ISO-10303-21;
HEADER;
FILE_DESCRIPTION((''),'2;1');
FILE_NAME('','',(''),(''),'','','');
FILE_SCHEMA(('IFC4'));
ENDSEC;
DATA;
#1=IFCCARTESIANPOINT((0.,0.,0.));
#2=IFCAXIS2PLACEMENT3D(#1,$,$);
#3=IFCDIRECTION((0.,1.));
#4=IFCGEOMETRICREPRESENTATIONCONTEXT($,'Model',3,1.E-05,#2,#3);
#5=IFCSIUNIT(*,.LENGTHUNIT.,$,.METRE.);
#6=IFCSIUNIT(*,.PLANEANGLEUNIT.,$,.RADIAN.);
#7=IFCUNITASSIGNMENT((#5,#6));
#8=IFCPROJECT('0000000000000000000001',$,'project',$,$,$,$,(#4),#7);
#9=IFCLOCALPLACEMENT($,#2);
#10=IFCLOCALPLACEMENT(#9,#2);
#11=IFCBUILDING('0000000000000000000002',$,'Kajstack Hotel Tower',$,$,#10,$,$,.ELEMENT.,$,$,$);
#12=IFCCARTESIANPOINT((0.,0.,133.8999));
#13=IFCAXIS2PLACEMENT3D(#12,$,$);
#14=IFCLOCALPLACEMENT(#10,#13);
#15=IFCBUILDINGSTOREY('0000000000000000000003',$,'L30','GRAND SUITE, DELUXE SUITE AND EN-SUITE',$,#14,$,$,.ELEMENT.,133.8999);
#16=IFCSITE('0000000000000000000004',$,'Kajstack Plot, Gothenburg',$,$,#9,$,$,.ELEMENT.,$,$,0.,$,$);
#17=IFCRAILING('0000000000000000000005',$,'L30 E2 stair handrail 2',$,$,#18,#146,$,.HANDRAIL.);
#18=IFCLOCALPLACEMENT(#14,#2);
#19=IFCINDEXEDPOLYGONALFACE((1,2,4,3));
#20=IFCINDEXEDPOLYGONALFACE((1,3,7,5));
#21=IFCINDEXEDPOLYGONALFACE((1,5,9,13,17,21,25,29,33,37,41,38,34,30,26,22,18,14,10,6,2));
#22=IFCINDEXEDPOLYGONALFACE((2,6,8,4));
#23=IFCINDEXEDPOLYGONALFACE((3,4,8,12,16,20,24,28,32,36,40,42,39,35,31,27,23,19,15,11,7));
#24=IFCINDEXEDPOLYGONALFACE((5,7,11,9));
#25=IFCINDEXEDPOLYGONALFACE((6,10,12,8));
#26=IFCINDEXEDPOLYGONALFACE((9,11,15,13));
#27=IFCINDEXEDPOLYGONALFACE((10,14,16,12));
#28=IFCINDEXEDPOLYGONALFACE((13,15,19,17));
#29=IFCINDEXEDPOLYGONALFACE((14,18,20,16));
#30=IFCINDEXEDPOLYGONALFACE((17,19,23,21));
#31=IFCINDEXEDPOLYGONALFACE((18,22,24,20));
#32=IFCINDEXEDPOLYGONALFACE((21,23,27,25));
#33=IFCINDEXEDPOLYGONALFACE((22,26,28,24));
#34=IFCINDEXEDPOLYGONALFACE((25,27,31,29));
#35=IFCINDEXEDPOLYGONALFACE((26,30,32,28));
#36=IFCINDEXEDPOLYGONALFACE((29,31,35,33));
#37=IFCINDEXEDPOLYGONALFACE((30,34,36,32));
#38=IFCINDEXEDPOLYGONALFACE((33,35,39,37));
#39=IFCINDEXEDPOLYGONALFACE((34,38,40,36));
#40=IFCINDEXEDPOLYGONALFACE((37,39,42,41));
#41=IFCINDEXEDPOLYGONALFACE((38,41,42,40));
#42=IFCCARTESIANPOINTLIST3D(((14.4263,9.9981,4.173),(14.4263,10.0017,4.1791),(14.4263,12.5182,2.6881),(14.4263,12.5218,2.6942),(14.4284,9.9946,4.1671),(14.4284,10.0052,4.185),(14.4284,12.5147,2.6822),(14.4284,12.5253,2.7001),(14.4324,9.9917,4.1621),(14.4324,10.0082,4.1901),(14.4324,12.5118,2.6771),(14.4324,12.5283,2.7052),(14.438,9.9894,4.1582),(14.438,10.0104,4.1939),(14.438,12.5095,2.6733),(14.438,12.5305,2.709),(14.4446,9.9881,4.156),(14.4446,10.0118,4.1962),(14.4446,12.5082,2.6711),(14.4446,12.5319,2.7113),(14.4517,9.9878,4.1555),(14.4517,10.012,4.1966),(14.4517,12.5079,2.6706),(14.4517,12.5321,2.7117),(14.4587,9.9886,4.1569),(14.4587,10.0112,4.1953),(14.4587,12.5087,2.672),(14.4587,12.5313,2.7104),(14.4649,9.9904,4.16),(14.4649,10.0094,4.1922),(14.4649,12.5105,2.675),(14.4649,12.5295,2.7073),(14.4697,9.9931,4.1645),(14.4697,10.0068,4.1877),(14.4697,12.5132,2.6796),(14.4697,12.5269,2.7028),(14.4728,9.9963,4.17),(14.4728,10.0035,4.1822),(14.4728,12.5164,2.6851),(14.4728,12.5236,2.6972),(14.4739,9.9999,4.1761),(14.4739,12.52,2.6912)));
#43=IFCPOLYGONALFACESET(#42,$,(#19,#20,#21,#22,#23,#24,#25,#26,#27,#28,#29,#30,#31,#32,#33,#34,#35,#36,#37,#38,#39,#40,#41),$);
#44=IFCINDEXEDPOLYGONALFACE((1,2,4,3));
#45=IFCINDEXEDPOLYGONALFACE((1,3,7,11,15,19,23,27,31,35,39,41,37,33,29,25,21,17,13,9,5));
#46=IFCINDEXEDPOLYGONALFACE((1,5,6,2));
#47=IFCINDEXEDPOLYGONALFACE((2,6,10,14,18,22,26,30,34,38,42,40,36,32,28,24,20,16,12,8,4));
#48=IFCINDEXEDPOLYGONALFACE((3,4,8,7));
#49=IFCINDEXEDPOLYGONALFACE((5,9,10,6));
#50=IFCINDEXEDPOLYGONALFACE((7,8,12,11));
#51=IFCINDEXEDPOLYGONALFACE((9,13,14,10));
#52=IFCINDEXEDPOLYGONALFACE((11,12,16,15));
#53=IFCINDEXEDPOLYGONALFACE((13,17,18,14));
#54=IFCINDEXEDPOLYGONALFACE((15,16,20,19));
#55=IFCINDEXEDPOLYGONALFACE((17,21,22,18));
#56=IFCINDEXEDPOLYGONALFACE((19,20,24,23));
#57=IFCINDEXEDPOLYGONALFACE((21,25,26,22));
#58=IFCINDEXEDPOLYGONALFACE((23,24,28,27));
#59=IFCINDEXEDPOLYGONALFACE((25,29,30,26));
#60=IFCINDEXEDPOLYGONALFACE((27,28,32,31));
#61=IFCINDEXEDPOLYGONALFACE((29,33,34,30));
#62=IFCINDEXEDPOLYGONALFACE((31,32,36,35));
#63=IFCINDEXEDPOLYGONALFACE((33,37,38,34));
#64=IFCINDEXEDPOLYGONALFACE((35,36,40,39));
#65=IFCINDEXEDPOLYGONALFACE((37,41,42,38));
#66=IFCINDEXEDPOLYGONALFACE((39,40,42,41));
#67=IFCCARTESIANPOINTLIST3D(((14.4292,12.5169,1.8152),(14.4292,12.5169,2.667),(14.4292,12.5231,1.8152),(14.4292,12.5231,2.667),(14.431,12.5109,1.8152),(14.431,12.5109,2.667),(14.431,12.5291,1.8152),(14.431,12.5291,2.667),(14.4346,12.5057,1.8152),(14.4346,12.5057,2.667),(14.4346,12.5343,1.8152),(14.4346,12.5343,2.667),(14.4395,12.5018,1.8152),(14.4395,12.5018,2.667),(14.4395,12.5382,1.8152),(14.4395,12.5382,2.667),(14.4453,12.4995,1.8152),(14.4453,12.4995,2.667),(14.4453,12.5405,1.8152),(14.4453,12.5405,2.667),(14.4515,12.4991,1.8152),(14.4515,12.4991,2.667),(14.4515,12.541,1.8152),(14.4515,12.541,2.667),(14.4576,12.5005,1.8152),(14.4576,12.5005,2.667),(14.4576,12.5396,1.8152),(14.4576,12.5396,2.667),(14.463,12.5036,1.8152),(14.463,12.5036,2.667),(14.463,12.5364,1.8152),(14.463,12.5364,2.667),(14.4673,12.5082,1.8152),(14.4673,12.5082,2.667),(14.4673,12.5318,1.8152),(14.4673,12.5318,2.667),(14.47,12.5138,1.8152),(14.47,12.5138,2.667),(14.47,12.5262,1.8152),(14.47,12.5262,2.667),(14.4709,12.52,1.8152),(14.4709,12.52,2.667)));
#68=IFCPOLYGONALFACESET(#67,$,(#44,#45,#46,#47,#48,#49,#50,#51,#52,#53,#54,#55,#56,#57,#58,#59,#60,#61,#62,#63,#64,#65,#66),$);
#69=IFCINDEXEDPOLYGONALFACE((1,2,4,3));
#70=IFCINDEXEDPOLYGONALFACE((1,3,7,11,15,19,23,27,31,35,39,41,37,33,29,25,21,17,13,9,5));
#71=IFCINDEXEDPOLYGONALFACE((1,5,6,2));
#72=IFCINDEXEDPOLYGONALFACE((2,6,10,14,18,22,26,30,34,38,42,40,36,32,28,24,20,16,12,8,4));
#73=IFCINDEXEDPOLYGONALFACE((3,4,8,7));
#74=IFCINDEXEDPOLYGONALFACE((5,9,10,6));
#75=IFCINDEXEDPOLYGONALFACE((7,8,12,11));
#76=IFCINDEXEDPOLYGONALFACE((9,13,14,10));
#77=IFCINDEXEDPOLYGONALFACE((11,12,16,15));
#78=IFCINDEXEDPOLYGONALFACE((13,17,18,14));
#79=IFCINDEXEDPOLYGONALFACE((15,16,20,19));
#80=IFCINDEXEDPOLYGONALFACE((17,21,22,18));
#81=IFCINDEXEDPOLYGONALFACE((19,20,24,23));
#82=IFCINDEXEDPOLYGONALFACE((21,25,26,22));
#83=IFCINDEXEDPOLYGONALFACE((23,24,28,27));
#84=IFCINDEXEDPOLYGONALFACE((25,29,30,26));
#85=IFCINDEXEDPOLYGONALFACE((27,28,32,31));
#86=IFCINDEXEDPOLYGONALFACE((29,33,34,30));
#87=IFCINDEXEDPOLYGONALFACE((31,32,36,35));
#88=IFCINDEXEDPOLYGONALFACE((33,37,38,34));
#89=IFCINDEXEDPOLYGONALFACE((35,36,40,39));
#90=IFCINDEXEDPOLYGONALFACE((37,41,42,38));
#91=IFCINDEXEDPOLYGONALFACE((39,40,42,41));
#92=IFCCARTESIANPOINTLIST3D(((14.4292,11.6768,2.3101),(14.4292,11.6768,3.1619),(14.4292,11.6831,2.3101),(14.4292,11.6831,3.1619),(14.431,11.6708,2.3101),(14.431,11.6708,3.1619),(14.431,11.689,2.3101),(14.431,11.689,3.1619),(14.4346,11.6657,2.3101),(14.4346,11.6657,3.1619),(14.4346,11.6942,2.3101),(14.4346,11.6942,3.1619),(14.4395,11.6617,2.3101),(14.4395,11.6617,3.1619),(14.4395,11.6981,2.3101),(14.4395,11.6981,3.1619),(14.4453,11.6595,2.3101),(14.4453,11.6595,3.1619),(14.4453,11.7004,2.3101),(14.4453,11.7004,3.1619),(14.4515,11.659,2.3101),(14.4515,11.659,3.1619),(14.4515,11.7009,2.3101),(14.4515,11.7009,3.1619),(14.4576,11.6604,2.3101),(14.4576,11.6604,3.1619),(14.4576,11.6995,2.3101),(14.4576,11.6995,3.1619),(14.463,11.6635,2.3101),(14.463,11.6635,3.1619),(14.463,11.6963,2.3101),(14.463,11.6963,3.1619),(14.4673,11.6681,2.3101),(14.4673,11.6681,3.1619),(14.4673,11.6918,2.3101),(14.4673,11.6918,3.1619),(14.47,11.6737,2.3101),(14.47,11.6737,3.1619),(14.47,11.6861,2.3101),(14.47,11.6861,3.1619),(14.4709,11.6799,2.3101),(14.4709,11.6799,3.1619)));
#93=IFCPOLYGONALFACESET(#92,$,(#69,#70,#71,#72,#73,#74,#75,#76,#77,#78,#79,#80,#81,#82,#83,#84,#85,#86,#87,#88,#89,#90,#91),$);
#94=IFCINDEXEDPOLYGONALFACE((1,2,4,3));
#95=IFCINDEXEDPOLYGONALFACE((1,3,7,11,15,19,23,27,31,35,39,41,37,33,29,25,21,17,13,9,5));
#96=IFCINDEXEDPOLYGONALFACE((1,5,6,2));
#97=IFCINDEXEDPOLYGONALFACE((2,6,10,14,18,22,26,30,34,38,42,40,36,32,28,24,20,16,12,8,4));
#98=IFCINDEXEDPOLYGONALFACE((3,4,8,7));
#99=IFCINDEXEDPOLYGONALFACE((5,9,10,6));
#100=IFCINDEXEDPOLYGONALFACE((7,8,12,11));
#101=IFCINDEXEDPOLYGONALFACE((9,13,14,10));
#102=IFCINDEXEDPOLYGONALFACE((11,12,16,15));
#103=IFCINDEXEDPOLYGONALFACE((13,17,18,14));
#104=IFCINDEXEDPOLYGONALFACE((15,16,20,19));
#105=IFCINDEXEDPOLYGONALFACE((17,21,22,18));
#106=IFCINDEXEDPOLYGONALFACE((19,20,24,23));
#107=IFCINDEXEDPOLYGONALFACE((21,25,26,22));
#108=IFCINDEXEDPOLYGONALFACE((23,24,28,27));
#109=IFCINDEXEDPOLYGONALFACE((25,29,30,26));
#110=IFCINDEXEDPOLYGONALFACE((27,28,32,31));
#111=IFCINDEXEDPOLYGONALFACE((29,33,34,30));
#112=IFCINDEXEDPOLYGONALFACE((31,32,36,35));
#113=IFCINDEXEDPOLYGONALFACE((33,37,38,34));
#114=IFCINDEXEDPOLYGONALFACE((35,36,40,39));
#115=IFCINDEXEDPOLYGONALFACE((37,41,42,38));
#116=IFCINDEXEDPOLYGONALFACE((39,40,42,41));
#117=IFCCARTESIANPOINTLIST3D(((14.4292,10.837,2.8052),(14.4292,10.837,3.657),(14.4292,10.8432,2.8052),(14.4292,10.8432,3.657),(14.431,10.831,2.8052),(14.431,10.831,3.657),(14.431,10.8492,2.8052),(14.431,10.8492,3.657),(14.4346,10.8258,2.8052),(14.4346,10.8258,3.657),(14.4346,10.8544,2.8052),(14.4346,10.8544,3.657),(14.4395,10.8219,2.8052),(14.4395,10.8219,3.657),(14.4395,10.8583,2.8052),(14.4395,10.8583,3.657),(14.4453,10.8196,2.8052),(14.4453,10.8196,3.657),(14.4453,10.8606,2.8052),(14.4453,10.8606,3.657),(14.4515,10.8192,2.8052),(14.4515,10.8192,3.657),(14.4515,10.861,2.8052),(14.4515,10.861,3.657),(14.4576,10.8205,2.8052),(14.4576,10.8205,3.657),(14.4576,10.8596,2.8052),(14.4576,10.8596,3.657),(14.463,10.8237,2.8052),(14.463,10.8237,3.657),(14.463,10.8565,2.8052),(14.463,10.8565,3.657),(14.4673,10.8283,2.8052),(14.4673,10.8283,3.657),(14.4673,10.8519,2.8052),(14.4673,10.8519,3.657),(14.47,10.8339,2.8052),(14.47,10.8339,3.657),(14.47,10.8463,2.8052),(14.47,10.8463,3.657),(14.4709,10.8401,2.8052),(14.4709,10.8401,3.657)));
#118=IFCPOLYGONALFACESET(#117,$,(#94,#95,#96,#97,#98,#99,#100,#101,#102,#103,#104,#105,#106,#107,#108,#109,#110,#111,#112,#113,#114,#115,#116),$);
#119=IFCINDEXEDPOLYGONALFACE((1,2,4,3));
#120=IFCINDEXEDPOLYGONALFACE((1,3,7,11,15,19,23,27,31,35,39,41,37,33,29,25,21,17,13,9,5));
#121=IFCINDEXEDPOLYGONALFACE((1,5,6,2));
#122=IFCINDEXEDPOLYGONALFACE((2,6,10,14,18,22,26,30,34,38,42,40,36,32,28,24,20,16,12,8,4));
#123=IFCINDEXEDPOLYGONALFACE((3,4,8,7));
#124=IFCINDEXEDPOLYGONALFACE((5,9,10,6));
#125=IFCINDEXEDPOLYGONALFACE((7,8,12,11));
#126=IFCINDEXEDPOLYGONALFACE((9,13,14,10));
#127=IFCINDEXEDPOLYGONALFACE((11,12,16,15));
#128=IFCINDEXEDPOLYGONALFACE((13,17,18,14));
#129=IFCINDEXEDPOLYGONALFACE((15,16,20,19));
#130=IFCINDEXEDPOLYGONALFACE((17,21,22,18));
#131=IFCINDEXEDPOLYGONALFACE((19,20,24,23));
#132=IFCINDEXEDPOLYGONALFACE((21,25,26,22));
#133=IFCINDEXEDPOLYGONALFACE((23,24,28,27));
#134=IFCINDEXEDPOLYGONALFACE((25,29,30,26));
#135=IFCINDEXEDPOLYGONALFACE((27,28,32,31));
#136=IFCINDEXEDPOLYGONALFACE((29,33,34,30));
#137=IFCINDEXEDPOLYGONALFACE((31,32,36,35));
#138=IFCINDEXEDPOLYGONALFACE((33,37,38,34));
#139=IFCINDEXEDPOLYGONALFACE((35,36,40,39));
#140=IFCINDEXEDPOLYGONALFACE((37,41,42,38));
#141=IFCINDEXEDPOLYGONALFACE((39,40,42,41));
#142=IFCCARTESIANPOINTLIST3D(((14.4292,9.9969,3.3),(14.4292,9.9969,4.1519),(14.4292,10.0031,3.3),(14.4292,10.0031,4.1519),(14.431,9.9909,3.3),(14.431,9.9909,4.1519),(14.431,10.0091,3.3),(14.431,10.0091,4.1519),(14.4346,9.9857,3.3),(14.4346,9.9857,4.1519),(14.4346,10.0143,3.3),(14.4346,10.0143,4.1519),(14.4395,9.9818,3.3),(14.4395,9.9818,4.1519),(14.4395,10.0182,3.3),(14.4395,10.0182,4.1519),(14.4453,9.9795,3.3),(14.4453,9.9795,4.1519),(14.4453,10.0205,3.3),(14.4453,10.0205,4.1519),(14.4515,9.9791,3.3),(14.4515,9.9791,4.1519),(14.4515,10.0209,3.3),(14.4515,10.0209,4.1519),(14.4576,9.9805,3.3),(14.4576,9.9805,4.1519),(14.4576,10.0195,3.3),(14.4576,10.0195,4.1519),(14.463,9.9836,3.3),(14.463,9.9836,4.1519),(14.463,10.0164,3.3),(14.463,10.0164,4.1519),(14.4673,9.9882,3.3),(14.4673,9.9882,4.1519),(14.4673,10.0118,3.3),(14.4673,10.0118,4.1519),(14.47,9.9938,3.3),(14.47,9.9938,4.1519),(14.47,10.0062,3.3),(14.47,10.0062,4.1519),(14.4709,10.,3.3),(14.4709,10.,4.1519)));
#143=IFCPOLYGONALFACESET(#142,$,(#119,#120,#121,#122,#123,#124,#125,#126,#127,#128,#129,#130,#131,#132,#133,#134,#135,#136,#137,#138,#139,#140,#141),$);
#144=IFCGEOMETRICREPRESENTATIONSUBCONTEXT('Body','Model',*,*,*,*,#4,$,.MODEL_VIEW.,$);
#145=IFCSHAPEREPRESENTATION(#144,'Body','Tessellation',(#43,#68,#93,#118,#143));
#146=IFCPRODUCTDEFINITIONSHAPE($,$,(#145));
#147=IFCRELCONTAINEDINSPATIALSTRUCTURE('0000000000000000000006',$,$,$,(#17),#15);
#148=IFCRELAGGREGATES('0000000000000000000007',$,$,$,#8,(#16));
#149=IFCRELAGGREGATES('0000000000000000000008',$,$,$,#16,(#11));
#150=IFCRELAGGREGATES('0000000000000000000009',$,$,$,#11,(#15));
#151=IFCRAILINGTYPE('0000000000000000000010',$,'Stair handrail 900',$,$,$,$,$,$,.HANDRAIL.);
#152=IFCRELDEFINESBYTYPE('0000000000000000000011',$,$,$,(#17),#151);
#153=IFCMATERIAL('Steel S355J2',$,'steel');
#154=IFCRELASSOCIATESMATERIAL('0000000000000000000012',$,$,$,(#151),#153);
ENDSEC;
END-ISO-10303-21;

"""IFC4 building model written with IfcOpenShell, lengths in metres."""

from ifc_helpers import new_model, si_unit, direction, frame, origin, origin_2d, place, context, subcontext, project, spatial, circle, extrude, material, type_object, element, save


model = new_model("IFC4")

# Units and contexts
model_context = context("Model", 3, precision=1e-05, world=origin(), true_north=direction((0.0, 1.0)))
body_context = subcontext(model_context, "Body", "Model", "MODEL_VIEW")
ifc_project = project(units=[si_unit("LENGTHUNIT", "METRE"), si_unit("PLANEANGLEUNIT", "RADIAN")], contexts=[model_context])

# Site, building, storey
site_placement = place(None, origin())
site = spatial("IfcSite", under=ifc_project, at=site_placement, Name="Kajstack Plot, Gothenburg", CompositionType="ELEMENT", RefElevation=0.0)
building_placement = place(site_placement, origin())
building = spatial("IfcBuilding", under=site, at=building_placement, Name="Kajstack Hotel Tower", CompositionType="ELEMENT")
storey_placement = place(building_placement, frame((0.0, 0.0, 133.8999)))
storey = spatial("IfcBuildingStorey", under=building, at=storey_placement, Name="L30", Description="GRAND SUITE, DELUXE SUITE AND EN-SUITE", CompositionType="ELEMENT", Elevation=133.8999)

# Railing
ifc_material_1 = material(Name="Steel S355J2", Category="steel")
railing_type = type_object("IfcRailingType", Name="Stair handrail 900", PredefinedType="HANDRAIL", material=ifc_material_1)
railing_placement = place(storey_placement, frame((14.45, 12.52, 1.8152)))
element("IfcRailing", 1, at=railing_placement, inside=storey, type_object=railing_type, Name="L30 E2 stair handrail 2", PredefinedType="HANDRAIL", context=body_context, shape_type="SweptSolid", body=[
    extrude(circle(Radius=0.0239, at=origin_2d()), frame((0.0, 0.0, 0.876), z_axis=(0.0, -0.861561, 0.507655), x_axis=(1.0, 0.0, 0.0)), (0.0, 0.0, 1.0), 2.925),
    extrude(circle(Radius=0.021, at=origin_2d()), origin(), (0.0, 0.0, 1.0), 0.8518),
    extrude(circle(Radius=0.021, at=origin_2d()), frame((0.0, -0.8401, 0.4949)), (0.0, 0.0, 1.0), 0.8518),
    extrude(circle(Radius=0.021, at=origin_2d()), frame((0.0, -1.6799, 0.99)), (0.0, 0.0, 1.0), 0.8518),
    extrude(circle(Radius=0.021, at=origin_2d()), frame((0.0, -2.52, 1.4849)), (0.0, 0.0, 1.0), 0.8518),
])

save(model, "model.ifc")
